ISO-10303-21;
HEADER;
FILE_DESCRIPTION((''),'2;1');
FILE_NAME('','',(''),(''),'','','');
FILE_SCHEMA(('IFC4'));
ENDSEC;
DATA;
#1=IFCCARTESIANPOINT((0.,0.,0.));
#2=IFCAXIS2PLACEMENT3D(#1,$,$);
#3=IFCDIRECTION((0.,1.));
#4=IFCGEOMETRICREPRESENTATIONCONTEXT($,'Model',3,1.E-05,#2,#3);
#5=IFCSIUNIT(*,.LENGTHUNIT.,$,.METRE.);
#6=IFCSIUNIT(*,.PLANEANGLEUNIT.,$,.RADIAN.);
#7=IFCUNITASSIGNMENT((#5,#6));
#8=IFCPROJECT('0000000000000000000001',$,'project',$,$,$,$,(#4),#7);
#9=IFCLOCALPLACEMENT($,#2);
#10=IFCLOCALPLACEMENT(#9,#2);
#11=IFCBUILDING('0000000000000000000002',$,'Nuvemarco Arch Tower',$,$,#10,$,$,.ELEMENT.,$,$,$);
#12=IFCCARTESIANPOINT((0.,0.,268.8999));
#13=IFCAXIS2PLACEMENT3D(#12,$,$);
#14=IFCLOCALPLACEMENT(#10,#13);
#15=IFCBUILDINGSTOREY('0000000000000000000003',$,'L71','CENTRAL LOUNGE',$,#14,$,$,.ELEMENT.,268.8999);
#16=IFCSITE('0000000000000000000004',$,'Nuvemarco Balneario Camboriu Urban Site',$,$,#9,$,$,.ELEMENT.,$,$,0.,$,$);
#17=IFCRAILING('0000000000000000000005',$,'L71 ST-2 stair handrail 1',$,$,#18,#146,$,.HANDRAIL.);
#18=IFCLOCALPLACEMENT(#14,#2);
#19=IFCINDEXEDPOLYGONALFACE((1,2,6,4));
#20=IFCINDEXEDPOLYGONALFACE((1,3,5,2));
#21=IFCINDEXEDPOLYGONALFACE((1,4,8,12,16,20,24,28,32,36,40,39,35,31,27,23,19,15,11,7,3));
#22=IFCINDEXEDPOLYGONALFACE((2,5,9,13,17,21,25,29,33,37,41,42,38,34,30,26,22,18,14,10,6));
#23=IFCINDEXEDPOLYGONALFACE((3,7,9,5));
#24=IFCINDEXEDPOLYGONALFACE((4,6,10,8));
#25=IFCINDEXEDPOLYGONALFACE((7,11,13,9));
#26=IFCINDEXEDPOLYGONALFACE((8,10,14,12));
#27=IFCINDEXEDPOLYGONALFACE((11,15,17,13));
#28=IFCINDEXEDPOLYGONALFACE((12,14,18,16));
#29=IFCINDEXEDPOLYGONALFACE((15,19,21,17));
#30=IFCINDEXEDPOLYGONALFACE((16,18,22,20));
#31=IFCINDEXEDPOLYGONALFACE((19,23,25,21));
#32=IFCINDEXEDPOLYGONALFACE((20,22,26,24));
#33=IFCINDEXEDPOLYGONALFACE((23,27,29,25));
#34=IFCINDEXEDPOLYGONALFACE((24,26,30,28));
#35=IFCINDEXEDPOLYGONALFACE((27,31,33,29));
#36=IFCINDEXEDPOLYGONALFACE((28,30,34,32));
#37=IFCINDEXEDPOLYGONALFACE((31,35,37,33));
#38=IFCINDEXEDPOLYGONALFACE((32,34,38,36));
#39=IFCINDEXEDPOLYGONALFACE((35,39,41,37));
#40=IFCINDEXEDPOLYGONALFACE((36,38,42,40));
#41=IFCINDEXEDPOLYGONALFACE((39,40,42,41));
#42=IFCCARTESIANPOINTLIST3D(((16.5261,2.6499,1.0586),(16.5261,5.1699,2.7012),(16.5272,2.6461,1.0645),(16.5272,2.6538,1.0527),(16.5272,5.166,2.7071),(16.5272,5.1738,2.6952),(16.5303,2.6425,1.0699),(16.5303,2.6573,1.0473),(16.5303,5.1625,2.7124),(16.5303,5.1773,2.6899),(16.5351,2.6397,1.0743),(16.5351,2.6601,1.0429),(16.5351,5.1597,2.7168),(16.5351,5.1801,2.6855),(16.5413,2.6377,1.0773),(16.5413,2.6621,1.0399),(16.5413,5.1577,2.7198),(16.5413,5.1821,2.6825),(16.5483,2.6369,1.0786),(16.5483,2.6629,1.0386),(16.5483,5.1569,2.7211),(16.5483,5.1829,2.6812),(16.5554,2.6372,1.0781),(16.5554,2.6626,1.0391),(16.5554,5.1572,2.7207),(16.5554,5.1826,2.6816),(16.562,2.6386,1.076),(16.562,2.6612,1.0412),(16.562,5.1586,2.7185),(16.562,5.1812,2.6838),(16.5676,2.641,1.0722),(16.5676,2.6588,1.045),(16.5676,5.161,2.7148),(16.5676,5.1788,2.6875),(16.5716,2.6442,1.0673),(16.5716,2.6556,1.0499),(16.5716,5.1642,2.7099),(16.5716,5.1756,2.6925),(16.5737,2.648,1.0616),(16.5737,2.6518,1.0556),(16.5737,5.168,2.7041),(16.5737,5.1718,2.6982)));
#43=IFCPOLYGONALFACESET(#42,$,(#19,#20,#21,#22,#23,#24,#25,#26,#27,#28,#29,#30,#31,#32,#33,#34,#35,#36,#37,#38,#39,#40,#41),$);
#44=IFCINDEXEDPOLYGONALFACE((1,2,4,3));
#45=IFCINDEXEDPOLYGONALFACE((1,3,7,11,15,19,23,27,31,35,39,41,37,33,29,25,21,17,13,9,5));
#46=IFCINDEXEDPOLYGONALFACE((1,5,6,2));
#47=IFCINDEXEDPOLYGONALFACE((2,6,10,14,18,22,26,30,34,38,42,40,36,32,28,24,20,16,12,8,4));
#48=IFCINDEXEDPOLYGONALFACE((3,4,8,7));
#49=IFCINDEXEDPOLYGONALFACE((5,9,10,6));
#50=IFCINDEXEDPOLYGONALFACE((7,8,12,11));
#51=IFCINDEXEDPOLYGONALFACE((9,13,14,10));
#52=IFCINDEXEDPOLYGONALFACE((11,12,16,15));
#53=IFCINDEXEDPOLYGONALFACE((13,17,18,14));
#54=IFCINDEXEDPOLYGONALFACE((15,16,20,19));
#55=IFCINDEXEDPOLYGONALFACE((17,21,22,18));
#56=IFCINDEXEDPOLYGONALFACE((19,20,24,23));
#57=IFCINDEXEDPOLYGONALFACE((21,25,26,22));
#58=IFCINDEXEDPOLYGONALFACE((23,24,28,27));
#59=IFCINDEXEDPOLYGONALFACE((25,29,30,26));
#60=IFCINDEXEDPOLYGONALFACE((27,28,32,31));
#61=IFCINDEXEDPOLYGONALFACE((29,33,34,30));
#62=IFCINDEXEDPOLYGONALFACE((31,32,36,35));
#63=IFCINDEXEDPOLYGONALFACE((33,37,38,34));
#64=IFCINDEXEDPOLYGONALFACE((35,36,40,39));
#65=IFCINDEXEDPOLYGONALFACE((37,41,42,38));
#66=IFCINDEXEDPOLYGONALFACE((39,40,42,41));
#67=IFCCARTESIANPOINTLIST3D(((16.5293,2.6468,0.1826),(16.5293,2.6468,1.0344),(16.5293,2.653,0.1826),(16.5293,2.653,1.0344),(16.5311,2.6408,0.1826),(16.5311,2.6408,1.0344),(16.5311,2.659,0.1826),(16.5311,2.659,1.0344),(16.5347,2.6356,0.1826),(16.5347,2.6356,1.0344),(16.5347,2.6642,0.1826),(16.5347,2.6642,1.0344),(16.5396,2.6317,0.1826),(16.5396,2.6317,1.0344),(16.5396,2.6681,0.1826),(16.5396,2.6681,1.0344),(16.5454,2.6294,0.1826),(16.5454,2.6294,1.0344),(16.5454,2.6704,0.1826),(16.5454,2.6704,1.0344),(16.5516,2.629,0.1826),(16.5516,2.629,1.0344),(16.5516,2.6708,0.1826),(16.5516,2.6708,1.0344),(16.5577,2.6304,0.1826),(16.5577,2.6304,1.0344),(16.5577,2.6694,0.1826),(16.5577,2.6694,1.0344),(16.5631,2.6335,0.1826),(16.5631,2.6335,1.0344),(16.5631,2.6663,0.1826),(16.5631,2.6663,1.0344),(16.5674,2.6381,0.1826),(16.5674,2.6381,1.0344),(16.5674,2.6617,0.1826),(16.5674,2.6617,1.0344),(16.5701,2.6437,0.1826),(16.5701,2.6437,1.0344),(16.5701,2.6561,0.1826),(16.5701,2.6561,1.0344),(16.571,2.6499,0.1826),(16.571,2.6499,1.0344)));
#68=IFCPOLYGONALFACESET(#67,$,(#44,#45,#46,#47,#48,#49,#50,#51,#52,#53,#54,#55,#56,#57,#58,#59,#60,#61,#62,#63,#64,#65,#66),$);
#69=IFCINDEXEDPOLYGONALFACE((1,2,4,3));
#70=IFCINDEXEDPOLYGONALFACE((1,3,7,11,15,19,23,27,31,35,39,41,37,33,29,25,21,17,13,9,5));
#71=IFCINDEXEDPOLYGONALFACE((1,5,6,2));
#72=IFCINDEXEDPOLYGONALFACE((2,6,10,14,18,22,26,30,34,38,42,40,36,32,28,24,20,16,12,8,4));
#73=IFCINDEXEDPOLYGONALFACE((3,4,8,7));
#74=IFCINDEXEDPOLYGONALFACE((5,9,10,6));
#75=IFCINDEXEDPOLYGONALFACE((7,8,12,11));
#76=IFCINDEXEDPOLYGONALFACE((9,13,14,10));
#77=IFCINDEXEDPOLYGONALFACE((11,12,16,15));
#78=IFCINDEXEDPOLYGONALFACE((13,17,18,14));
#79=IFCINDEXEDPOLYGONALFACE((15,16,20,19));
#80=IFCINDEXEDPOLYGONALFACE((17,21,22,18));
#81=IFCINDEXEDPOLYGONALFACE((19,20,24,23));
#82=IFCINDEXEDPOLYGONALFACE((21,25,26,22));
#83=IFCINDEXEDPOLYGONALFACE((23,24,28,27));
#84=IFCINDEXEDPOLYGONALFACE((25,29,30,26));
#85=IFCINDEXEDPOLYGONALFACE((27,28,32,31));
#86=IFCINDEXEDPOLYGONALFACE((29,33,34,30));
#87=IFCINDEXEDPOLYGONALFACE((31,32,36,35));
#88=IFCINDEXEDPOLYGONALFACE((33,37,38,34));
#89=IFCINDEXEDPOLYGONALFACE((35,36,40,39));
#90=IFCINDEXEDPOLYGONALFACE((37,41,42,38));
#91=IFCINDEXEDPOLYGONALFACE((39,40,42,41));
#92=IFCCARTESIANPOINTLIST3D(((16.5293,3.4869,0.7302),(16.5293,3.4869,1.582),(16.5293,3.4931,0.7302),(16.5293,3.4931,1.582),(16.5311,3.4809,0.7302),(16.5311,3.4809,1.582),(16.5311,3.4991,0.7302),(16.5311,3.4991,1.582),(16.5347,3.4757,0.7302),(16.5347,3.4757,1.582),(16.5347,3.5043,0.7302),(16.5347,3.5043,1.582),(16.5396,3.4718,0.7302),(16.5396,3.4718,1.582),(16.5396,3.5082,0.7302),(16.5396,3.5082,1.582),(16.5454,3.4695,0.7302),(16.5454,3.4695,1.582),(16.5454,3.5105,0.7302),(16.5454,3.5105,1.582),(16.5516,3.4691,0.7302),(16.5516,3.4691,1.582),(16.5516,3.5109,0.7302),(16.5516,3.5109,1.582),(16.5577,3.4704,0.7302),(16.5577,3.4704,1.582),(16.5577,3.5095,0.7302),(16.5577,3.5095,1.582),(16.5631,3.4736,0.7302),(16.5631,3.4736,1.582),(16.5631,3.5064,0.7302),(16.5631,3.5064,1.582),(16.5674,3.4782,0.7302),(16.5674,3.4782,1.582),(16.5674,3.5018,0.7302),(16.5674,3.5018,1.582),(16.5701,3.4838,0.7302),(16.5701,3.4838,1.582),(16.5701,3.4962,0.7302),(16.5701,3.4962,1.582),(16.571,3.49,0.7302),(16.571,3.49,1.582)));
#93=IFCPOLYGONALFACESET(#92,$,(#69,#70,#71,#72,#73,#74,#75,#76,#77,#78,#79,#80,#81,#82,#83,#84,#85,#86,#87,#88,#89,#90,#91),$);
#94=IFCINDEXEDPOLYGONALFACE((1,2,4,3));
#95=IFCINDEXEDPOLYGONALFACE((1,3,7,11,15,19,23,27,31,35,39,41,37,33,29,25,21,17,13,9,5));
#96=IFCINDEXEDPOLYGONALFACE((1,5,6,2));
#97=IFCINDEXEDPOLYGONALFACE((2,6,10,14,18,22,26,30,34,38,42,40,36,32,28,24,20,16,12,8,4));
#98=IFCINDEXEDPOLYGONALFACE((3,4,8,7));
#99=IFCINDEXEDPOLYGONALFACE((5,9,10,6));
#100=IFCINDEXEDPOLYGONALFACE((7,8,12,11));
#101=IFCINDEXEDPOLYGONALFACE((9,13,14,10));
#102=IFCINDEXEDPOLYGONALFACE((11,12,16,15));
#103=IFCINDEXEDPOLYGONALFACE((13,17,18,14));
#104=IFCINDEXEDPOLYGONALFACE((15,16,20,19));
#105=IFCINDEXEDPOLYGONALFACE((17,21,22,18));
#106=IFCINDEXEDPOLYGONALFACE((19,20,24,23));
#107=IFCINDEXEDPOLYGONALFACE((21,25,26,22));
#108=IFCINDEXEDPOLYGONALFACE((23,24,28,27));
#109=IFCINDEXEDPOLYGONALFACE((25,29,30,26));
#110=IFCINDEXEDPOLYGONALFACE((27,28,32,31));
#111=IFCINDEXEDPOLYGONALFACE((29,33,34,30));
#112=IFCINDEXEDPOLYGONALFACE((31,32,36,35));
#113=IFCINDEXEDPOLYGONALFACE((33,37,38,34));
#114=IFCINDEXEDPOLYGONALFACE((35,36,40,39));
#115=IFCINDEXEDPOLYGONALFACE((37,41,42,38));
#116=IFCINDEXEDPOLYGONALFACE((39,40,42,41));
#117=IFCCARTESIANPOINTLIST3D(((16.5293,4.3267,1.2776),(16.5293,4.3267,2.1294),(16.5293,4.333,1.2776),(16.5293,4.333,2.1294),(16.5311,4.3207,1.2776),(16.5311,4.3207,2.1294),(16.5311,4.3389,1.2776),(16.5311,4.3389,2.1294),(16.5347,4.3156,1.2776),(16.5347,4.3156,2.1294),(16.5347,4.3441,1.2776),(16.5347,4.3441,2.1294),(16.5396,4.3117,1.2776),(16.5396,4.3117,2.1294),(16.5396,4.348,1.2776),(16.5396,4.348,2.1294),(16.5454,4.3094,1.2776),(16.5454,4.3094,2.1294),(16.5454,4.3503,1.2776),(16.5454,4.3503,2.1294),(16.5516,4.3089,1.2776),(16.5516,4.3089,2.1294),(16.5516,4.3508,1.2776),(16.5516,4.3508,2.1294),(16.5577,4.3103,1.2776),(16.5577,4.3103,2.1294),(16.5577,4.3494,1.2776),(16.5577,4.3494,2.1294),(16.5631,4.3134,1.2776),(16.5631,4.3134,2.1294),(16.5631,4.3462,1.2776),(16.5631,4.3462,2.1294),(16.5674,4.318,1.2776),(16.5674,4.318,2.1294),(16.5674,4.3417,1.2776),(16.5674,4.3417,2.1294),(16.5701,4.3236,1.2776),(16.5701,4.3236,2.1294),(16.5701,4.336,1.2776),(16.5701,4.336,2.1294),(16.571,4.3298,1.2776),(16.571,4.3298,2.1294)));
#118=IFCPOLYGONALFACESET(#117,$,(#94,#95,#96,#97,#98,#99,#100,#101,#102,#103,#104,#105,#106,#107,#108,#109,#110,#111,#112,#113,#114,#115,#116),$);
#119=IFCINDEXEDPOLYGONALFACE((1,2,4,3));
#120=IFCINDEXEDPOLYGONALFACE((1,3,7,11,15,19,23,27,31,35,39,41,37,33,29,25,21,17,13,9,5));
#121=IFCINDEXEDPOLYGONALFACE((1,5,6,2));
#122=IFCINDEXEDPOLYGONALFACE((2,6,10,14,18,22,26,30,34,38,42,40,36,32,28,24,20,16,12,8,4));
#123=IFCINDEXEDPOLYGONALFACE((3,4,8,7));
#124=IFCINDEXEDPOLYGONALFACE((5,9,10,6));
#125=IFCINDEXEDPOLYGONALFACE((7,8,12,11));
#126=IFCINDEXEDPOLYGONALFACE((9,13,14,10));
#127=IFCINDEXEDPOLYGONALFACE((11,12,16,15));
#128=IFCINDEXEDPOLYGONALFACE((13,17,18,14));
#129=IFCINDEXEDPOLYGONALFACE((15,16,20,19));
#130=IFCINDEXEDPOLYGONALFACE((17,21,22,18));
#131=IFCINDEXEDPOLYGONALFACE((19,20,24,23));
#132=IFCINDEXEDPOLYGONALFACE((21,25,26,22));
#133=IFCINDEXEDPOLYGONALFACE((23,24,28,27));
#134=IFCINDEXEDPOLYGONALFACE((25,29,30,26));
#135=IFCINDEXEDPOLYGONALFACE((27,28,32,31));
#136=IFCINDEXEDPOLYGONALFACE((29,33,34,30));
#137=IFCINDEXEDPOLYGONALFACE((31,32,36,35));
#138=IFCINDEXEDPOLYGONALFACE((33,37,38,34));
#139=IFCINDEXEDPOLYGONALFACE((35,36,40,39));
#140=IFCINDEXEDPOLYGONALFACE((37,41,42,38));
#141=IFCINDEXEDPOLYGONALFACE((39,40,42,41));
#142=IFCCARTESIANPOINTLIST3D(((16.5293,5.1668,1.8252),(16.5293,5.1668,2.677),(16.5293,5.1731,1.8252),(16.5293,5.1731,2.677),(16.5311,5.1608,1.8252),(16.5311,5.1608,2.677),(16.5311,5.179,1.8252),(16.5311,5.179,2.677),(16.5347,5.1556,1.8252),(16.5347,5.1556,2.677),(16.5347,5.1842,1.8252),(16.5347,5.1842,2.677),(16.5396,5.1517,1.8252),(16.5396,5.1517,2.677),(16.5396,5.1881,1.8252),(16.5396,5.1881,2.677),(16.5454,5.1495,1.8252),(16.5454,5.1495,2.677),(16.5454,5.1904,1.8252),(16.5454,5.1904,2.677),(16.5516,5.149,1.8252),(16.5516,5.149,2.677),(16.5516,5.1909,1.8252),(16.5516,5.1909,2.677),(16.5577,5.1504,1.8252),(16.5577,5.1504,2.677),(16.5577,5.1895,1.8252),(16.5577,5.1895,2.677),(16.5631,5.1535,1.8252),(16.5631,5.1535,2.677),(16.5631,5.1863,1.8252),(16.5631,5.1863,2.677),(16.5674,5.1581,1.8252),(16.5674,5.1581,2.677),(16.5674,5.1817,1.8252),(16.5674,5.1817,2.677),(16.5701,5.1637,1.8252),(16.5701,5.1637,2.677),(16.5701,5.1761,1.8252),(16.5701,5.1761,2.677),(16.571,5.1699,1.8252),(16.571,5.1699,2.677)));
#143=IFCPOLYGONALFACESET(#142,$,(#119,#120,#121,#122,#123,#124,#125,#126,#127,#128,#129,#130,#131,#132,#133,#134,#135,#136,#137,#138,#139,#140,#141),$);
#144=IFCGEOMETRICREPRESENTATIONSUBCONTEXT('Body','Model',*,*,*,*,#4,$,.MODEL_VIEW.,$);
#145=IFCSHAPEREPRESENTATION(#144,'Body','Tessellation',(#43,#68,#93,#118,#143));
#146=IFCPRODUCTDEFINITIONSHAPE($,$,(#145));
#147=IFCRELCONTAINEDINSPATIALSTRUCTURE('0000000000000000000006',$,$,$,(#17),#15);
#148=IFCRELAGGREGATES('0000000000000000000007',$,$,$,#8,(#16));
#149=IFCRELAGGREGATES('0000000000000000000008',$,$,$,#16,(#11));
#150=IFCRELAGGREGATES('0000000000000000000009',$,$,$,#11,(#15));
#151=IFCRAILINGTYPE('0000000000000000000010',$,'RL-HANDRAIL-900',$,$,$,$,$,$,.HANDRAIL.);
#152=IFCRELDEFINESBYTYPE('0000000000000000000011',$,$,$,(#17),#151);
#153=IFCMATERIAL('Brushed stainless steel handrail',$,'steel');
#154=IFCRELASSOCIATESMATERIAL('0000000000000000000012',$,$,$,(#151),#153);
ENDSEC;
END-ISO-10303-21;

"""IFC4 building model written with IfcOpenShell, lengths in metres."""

from ifc_helpers import new_model, si_unit, direction, frame, origin, origin_2d, place, context, subcontext, project, spatial, circle, extrude, material, type_object, element, save


model = new_model("IFC4")

# Units and contexts
model_context = context("Model", 3, precision=1e-05, world=origin(), true_north=direction((0.0, 1.0)))
body_context = subcontext(model_context, "Body", "Model", "MODEL_VIEW")
ifc_project = project(units=[si_unit("LENGTHUNIT", "METRE"), si_unit("PLANEANGLEUNIT", "RADIAN")], contexts=[model_context])

# Site, building, storey
site_placement = place(None, origin())
site = spatial("IfcSite", under=ifc_project, at=site_placement, Name="Nuvemarco Balneario Camboriu Urban Site", CompositionType="ELEMENT", RefElevation=0.0)
building_placement = place(site_placement, origin())
building = spatial("IfcBuilding", under=site, at=building_placement, Name="Nuvemarco Arch Tower", CompositionType="ELEMENT")
storey_placement = place(building_placement, frame((0.0, 0.0, 268.8999)))
storey = spatial("IfcBuildingStorey", under=building, at=storey_placement, Name="L71", Description="CENTRAL LOUNGE", CompositionType="ELEMENT", Elevation=268.8999)

# Railing
ifc_material_1 = material(Name="Brushed stainless steel handrail", Category="steel")
railing_type_1 = type_object("IfcRailingType", Name="RL-HANDRAIL-900", PredefinedType="HANDRAIL", material=ifc_material_1)
railing_1_placement = place(storey_placement, frame((16.55, 2.6499, 0.1826)))
element("IfcRailing", 1, at=railing_1_placement, inside=storey, type_object=railing_type_1, Name="L71 ST-2 stair handrail 1", PredefinedType="HANDRAIL", context=body_context, shape_type="SweptSolid", body=[
    extrude(circle(Radius=0.0239, at=origin_2d()), frame((0.0, 0.0, 0.876), z_axis=(0.0, 0.837749, 0.546055), x_axis=(-1.0, 0.0, 0.0)), (0.0, 0.0, 1.0), 3.0081),
    extrude(circle(Radius=0.021, at=origin_2d()), origin(), (0.0, 0.0, 1.0), 0.8518),
    extrude(circle(Radius=0.021, at=origin_2d()), frame((0.0, 0.8401, 0.5476)), (0.0, 0.0, 1.0), 0.8518),
    extrude(circle(Radius=0.021, at=origin_2d()), frame((0.0, 1.6799, 1.095)), (0.0, 0.0, 1.0), 0.8518),
    extrude(circle(Radius=0.021, at=origin_2d()), frame((0.0, 2.52, 1.6426)), (0.0, 0.0, 1.0), 0.8518),
])

save(model, "model.ifc")
